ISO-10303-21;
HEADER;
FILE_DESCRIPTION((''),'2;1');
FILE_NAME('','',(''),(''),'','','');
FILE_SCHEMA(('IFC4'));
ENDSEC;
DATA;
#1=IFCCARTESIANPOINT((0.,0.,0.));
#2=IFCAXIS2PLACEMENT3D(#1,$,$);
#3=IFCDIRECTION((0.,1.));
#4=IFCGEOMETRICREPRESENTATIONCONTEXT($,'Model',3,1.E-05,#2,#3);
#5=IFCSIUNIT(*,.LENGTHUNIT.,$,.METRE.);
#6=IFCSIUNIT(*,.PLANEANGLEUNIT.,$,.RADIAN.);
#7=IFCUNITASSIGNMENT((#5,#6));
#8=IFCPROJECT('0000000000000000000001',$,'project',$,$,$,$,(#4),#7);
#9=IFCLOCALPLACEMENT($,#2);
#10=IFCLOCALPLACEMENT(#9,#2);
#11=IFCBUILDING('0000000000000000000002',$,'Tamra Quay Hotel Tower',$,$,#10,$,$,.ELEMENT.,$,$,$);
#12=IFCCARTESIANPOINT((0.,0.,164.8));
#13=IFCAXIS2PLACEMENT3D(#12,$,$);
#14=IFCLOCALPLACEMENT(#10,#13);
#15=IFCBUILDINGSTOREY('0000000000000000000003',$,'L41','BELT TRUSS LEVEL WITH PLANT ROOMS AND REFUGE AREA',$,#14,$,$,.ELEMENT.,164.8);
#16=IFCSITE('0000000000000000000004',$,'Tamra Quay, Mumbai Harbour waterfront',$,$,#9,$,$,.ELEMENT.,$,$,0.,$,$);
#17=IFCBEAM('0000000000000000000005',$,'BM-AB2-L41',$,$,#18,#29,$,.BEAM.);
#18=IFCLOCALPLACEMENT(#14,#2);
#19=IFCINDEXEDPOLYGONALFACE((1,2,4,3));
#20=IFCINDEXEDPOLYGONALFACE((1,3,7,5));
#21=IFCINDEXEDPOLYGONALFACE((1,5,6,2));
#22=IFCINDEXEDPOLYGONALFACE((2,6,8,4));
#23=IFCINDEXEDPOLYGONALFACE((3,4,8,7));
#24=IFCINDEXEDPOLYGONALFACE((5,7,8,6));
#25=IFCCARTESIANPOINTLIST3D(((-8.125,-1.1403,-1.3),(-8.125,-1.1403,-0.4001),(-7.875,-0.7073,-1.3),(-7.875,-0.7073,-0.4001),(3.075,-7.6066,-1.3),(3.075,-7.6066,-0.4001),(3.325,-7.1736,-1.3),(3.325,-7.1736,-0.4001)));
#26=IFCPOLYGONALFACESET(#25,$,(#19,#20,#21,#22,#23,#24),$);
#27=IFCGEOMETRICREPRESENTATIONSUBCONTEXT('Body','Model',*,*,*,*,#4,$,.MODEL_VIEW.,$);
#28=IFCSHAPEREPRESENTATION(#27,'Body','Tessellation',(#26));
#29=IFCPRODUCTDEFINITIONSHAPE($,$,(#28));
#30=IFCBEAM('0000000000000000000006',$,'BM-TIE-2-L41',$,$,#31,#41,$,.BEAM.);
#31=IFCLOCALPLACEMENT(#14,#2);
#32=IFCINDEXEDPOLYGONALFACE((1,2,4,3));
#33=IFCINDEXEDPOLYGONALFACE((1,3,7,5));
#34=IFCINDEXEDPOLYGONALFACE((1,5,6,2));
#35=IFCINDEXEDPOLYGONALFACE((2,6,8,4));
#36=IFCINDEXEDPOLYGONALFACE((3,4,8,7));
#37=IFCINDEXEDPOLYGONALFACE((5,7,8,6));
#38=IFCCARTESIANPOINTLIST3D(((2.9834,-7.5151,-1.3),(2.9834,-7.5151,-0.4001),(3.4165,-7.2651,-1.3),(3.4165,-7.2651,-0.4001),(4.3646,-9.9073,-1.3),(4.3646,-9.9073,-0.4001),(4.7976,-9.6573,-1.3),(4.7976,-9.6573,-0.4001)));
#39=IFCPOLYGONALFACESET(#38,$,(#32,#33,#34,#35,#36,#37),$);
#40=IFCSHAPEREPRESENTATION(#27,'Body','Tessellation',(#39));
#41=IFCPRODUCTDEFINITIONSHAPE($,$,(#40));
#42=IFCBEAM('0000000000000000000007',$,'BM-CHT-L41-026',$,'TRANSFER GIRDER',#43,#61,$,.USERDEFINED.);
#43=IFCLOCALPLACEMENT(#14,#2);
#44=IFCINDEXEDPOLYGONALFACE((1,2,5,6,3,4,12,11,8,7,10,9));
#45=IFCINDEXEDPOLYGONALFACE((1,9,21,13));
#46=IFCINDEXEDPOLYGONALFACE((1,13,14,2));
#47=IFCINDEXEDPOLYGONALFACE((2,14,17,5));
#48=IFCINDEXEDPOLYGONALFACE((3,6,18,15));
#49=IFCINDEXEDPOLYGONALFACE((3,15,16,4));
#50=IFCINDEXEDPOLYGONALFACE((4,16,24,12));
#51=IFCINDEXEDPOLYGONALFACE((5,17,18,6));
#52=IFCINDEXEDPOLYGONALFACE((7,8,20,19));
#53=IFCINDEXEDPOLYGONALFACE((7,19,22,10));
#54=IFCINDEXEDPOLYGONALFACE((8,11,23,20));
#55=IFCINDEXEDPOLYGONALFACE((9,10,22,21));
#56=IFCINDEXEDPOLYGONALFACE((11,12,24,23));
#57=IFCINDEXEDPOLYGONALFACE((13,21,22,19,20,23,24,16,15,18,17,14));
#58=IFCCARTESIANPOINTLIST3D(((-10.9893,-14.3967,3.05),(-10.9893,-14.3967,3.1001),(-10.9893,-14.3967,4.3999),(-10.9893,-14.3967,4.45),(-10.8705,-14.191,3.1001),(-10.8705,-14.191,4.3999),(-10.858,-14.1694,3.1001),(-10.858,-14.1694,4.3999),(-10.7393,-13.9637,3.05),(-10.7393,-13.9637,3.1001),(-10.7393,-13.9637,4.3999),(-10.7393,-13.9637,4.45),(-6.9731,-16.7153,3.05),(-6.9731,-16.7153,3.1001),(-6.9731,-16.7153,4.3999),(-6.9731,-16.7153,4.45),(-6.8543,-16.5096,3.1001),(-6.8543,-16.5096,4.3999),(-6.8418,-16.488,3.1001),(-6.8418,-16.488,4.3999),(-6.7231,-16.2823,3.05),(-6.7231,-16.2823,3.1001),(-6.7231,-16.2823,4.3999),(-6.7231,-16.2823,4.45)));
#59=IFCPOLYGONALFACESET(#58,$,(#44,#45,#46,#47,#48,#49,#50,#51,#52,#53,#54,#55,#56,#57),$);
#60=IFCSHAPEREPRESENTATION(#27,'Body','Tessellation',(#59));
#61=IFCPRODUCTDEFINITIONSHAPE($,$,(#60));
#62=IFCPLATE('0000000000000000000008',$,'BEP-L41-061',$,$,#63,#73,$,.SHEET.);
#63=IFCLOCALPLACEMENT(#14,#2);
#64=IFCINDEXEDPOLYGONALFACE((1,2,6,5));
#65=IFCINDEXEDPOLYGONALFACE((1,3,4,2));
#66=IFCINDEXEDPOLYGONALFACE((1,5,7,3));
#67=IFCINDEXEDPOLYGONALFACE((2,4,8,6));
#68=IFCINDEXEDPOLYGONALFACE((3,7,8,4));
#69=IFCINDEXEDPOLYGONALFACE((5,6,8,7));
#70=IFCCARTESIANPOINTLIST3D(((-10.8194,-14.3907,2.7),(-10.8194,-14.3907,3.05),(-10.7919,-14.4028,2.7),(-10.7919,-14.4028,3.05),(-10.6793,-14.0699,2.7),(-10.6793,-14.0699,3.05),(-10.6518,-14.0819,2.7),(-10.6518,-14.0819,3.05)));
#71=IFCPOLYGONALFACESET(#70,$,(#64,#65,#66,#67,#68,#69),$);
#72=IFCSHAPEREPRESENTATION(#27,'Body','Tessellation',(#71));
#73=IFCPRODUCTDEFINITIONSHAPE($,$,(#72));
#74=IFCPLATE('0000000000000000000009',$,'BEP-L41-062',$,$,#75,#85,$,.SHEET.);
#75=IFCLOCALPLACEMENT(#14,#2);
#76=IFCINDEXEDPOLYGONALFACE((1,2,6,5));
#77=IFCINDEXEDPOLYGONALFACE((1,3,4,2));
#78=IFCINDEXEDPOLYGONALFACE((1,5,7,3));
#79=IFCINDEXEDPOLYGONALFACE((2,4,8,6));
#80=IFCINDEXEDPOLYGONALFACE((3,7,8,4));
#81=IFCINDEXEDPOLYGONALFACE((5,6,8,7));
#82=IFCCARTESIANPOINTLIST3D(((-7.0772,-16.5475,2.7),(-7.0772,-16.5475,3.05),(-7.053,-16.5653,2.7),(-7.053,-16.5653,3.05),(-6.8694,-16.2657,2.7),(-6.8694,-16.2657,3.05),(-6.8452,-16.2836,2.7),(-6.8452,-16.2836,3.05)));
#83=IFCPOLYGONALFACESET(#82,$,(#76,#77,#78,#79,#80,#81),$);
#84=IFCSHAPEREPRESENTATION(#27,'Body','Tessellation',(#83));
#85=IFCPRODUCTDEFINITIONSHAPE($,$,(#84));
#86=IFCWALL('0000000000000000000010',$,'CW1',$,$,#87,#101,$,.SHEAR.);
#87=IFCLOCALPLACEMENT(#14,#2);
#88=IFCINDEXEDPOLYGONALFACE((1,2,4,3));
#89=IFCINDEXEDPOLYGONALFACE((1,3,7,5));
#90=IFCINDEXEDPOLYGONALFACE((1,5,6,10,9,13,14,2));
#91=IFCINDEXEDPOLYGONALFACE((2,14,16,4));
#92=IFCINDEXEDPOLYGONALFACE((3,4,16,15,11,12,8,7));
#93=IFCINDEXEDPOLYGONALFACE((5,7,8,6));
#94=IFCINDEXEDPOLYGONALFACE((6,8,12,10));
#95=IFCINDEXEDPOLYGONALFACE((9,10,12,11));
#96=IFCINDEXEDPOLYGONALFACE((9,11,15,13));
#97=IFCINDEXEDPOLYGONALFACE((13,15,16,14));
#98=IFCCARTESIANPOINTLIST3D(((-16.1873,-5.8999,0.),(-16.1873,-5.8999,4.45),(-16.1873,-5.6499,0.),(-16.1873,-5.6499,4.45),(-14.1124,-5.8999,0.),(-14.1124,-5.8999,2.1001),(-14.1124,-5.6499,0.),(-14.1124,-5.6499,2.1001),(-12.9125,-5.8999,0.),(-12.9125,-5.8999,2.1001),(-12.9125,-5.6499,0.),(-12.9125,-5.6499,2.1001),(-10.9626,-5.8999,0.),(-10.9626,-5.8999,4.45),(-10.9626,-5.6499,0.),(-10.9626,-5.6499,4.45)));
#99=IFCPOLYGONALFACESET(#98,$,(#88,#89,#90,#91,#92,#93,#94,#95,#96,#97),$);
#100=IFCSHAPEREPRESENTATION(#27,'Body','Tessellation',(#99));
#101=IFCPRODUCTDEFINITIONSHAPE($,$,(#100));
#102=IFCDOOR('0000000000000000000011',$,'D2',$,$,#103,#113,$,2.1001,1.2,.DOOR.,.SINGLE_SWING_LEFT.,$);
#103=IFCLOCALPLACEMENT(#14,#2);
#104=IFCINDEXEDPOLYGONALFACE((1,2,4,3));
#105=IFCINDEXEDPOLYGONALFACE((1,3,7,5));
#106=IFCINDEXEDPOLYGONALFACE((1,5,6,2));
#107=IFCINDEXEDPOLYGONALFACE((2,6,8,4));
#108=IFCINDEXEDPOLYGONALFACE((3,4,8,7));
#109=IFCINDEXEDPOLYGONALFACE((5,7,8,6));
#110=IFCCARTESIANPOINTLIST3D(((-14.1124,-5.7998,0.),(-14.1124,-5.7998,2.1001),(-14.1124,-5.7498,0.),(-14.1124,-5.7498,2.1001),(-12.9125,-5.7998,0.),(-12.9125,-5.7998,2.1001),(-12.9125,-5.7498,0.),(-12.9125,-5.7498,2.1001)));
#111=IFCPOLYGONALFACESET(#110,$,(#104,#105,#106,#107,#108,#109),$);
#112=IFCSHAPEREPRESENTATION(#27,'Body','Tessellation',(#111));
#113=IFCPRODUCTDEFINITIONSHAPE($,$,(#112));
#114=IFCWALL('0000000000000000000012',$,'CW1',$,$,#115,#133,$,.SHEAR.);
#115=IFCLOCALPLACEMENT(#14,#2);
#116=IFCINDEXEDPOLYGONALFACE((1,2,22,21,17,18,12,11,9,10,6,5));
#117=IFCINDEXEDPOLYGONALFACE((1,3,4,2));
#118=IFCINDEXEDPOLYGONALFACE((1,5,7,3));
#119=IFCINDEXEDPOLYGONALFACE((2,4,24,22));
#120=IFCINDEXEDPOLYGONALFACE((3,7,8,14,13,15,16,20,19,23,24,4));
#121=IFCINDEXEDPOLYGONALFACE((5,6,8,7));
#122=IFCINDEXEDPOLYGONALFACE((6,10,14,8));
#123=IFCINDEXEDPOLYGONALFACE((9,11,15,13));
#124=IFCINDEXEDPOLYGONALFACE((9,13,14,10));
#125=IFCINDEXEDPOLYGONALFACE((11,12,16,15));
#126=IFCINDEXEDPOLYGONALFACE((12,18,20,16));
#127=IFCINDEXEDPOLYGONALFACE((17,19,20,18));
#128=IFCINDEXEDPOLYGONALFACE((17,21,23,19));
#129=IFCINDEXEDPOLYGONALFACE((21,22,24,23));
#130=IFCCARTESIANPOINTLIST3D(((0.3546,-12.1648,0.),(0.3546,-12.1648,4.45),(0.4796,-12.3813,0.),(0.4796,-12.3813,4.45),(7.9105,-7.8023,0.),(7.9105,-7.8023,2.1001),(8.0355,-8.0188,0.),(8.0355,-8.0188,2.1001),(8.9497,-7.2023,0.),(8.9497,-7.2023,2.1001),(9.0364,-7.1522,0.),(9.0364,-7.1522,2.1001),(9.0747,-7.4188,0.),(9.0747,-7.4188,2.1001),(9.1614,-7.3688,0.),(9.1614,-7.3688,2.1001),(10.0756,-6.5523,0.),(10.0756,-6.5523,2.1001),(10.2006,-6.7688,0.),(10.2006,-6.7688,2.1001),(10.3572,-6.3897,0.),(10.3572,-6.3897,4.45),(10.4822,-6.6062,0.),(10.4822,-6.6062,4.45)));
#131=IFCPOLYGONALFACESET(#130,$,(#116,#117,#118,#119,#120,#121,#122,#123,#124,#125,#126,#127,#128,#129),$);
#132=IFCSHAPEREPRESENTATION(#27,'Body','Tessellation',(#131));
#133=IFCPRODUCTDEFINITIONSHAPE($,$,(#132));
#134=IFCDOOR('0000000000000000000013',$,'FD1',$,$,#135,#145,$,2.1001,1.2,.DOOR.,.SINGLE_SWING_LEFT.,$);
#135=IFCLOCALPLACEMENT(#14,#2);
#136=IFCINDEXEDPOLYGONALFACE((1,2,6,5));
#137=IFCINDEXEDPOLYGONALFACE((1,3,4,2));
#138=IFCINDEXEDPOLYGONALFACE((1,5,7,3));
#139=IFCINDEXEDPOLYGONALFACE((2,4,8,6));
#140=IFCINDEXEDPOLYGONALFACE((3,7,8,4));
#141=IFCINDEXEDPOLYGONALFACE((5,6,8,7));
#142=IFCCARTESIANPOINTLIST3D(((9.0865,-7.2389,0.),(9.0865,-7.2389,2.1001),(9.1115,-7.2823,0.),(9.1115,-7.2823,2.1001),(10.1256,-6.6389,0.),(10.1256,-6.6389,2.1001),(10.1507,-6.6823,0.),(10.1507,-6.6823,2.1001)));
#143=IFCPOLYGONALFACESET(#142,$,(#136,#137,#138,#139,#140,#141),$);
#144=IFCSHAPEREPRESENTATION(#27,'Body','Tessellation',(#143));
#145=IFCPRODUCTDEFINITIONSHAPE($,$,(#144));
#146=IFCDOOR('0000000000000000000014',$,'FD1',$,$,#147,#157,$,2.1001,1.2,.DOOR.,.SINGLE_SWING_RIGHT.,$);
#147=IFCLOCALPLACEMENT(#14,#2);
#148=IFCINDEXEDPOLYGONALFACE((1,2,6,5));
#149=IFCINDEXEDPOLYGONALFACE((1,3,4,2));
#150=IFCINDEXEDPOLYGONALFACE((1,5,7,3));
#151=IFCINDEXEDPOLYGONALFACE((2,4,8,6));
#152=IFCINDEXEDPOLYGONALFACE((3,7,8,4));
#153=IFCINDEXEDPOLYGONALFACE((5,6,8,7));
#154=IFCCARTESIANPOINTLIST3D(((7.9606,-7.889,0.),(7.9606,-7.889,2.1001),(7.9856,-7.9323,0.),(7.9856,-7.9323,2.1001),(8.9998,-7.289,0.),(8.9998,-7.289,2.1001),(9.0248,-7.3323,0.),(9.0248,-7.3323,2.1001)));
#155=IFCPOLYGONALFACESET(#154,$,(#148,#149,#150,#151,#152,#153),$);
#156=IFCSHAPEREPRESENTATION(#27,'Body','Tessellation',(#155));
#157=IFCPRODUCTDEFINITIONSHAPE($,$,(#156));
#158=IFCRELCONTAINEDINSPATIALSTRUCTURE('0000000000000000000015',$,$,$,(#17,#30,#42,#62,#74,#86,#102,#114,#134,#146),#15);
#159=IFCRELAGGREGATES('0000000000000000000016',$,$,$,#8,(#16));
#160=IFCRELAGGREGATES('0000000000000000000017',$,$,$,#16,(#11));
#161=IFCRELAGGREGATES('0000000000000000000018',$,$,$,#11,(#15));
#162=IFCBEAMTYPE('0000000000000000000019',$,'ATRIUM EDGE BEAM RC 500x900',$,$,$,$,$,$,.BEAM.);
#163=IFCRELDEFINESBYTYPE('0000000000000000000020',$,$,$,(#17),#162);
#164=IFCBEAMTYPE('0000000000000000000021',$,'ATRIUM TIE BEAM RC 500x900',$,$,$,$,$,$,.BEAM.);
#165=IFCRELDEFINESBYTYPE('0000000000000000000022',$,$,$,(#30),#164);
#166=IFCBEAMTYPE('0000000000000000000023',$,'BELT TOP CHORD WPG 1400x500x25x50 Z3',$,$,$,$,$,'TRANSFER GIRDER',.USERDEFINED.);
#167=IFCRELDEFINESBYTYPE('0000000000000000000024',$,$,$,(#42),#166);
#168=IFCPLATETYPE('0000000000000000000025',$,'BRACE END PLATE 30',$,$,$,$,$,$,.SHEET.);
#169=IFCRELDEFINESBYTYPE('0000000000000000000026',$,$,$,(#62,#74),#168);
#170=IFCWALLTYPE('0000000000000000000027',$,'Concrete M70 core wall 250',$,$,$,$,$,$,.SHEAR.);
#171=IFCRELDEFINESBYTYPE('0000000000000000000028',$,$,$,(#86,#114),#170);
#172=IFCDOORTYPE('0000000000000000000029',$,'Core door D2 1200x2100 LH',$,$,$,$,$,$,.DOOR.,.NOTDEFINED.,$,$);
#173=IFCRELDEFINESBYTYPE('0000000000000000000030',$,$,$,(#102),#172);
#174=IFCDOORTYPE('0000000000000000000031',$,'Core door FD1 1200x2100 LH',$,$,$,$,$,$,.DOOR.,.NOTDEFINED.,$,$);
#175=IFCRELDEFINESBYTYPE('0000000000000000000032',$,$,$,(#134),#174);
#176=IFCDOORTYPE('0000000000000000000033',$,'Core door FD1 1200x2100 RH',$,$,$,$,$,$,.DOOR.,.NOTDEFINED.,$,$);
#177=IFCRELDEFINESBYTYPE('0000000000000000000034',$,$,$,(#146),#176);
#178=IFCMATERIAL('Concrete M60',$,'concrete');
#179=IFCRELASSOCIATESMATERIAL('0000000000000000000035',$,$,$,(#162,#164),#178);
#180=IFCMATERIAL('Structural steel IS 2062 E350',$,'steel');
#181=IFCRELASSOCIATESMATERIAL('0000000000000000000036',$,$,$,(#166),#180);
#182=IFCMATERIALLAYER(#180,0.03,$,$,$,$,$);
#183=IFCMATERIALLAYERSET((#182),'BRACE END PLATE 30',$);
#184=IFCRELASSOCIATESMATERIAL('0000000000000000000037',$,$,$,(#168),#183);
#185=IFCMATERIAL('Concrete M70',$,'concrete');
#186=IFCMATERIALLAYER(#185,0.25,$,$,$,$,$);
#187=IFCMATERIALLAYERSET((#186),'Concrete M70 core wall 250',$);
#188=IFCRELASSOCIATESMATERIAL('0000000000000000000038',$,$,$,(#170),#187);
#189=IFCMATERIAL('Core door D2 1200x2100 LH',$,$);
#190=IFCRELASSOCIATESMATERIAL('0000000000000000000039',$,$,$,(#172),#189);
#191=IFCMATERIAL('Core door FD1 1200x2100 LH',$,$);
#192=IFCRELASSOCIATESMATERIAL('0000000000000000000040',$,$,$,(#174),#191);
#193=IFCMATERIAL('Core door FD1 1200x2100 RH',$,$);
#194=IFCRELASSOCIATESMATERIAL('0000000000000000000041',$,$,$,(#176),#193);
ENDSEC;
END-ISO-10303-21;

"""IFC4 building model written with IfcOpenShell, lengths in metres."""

from ifc_helpers import new_model, si_unit, direction, frame, frame_2d, origin, origin_2d, place, context, subcontext, project, spatial, rectangle, i_section, extrude, material, layer, layer_set, material_profile, profile_set, type_object, element, fill, save


model = new_model("IFC4")

# Units and contexts
model_context = context("Model", 3, precision=1e-05, world=origin(), true_north=direction((0.0, 1.0)))
body_context = subcontext(model_context, "Body", "Model", "MODEL_VIEW")
ifc_project = project(units=[si_unit("LENGTHUNIT", "METRE"), si_unit("PLANEANGLEUNIT", "RADIAN")], contexts=[model_context])

# Site, building, storey
site_placement = place(None, origin())
site = spatial("IfcSite", under=ifc_project, at=site_placement, Name="Tamra Quay, Mumbai Harbour waterfront", CompositionType="ELEMENT", RefElevation=0.0)
building_placement = place(site_placement, origin())
building = spatial("IfcBuilding", under=site, at=building_placement, Name="Tamra Quay Hotel Tower", CompositionType="ELEMENT")
storey_placement = place(building_placement, frame((0.0, 0.0, 164.8)))
storey = spatial("IfcBuildingStorey", under=building, at=storey_placement, Name="L41", Description="BELT TRUSS LEVEL WITH PLANT ROOMS AND REFUGE AREA", CompositionType="ELEMENT", Elevation=164.8)

# Beams
ifc_material_1 = material(Name="Concrete M60", Category="concrete")
ifc_material_profile_1 = material_profile(ifc_material_1, rectangle(XDim=0.5, YDim=0.8999, at=origin_2d()), Name="ATRIUM EDGE BEAM RC 500x900")
ifc_profile_set_1 = profile_set([ifc_material_profile_1], Name="Concrete M60")
beam_type_1 = type_object("IfcBeamType", Name="ATRIUM EDGE BEAM RC 500x900", PredefinedType="BEAM", material=ifc_profile_set_1)
beam_1_placement = place(storey_placement, frame((3.2, -7.3901, -0.8501), z_axis=(-0.866025, 0.500001, 0.0), x_axis=(-0.500001, -0.866025, 0.0)))
element("IfcBeam", 1, at=beam_1_placement, inside=storey, type_object=beam_type_1, Name="BM-AB2-L41", PredefinedType="BEAM", context=body_context, shape_type="SweptSolid", body=[
    extrude(rectangle(XDim=0.5, YDim=0.8999, at=origin_2d()), origin(), (0.0, 0.0, 1.0), 12.9326),
])
ifc_material_profile_2 = material_profile(ifc_material_1, rectangle(XDim=0.5, YDim=0.8999, at=origin_2d()), Name="ATRIUM TIE BEAM RC 500x900")
ifc_profile_set_2 = profile_set([ifc_material_profile_2], Name="Concrete M60")
beam_type_2 = type_object("IfcBeamType", Name="ATRIUM TIE BEAM RC 500x900", PredefinedType="BEAM", material=ifc_profile_set_2)
beam_2_placement = place(storey_placement, frame((3.2, -7.3901, -0.8501), z_axis=(0.500008, -0.866021, 0.0), x_axis=(0.866021, 0.500008, 0.0)))
element("IfcBeam", 2, at=beam_2_placement, inside=storey, type_object=beam_type_2, Name="BM-TIE-2-L41", PredefinedType="BEAM", context=body_context, shape_type="SweptSolid", body=[
    extrude(rectangle(XDim=0.5, YDim=0.8999, at=origin_2d()), origin(), (0.0, 0.0, 1.0), 2.7622),
])
ifc_material_2 = material(Name="Structural steel IS 2062 E350", Category="steel")
ifc_material_profile_3 = material_profile(ifc_material_2, i_section(OverallWidth=0.5, OverallDepth=1.3999, WebThickness=0.0249, FlangeThickness=0.05, at=origin_2d()), Name="WPG 1400x500x25x50")
ifc_profile_set_3 = profile_set([ifc_material_profile_3], Name="Structural steel IS 2062 E350")
beam_type_3 = type_object("IfcBeamType", Name="BELT TOP CHORD WPG 1400x500x25x50 Z3", ElementType="TRANSFER GIRDER", PredefinedType="USERDEFINED", material=ifc_profile_set_3)
beam_3_placement = place(storey_placement, frame((-10.8643, -14.1802, 3.75), z_axis=(0.866035, -0.499984, 0.0), x_axis=(0.499984, 0.866035, 0.0)))
element("IfcBeam", 3, at=beam_3_placement, inside=storey, type_object=beam_type_3, Name="BM-CHT-L41-026", ObjectType="TRANSFER GIRDER", PredefinedType="USERDEFINED", context=body_context, shape_type="SweptSolid", body=[
    extrude(i_section(OverallWidth=0.5, OverallDepth=1.3999, WebThickness=0.0249, FlangeThickness=0.05, at=origin_2d()), origin(), (0.0, 0.0, 1.0), 4.6375),
])

# Plates
ifc_layer_1 = layer(ifc_material_2, 0.03)
ifc_layer_set_1 = layer_set([ifc_layer_1], Name="BRACE END PLATE 30")
plate_type = type_object("IfcPlateType", Name="BRACE END PLATE 30", PredefinedType="SHEET", material=ifc_layer_set_1)
for number, where, z_axis, x_axis, name in (
    (4, (-10.7356, -14.2363, 2.7), (0.0, 0.0, 1.0), (-0.91646, 0.400127, 0.0), "BEP-L41-061"),
    (5, (-6.9612, -16.4155, 2.7), (0.0, 0.0, 1.0), (-0.80475, 0.593614, 0.0), "BEP-L41-062"),
):
    element("IfcPlate", number, at=place(storey_placement, frame(where, z_axis=z_axis, x_axis=x_axis)), inside=storey, type_object=plate_type, Name=name, PredefinedType="SHEET", context=body_context, shape_type="SweptSolid", body=[
        extrude(rectangle(XDim=0.03, YDim=0.3501, at=origin_2d()), origin(), (0.0, 0.0, 1.0), 0.3501),
    ])

# Wall, opening, door
ifc_material_3 = material(Name="Concrete M70", Category="concrete")
ifc_layer_2 = layer(ifc_material_3, 0.25)
ifc_layer_set_2 = layer_set([ifc_layer_2], Name="Concrete M70 core wall 250")
wall_type_1 = type_object("IfcWallType", Name="Concrete M70 core wall 250", PredefinedType="SHEAR", material=ifc_layer_set_2)
wall_1_placement = place(storey_placement, frame((-10.9626, -5.7749, 0.0), z_axis=(0.0, 0.0, 1.0), x_axis=(-1.0, 0.0, 0.0)))
wall_1 = element("IfcWall", 6, at=wall_1_placement, inside=storey, type_object=wall_type_1, Name="CW1", PredefinedType="SHEAR", context=body_context, shape_type="SweptSolid", body=[
    extrude(rectangle(XDim=5.2246, YDim=0.25, at=frame_2d((2.6123, 0.0))), origin(), (0.0, 0.0, 1.0), 4.45),
])
opening_1_placement = place(wall_1_placement, frame((1.9497, 0.0, 0.0)))
opening_1 = element("IfcOpeningElement", 7, at=opening_1_placement, cuts=wall_1, PredefinedType="OPENING", context=body_context, shape_type="SweptSolid", body=[
    extrude(rectangle(XDim=1.2, YDim=2.1001, at=frame_2d((0.6001, 1.05))), frame((0.0, 0.135, 0.0), z_axis=(0.0, -1.0, 0.0), x_axis=(1.0, 0.0, 0.0)), (0.0, 0.0, 1.0), 0.27),
])
ifc_material_4 = material(Name="Core door D2 1200x2100 LH")
door_type_1 = type_object("IfcDoorType", Name="Core door D2 1200x2100 LH", OperationType="NOTDEFINED", PredefinedType="DOOR", material=ifc_material_4)
door_1_placement = place(opening_1_placement, origin())
door_1 = element("IfcDoor", 8, at=door_1_placement, inside=storey, type_object=door_type_1, Name="D2", OperationType="SINGLE_SWING_LEFT", OverallHeight=2.1001, OverallWidth=1.2, PredefinedType="DOOR", context=body_context, shape_type="SweptSolid", body=[
    extrude(rectangle(XDim=1.2, YDim=2.1001, at=frame_2d((0.6001, 1.05))), frame((0.0, 0.0249, 0.0), z_axis=(0.0, -1.0, 0.0), x_axis=(1.0, 0.0, 0.0)), (0.0, 0.0, 1.0), 0.05),
])
fill(opening_1, door_1)

# Wall, openings, doors
wall_2_placement = place(storey_placement, frame((0.4172, -12.2729, 0.0), z_axis=(0.0, 0.0, 1.0), x_axis=(0.866022, 0.500006, 0.0)))
wall_2 = element("IfcWall", 9, at=wall_2_placement, inside=storey, type_object=wall_type_1, Name="CW1", PredefinedType="SHEAR", context=body_context, shape_type="SweptSolid", body=[
    extrude(rectangle(XDim=11.55, YDim=0.25, at=frame_2d((5.7749, 0.0))), origin(), (0.0, 0.0, 1.0), 4.45),
])
opening_2_placement = place(wall_2_placement, frame((10.0247, 0.0, 0.0)))
opening_2 = element("IfcOpeningElement", 10, at=opening_2_placement, cuts=wall_2, PredefinedType="OPENING", context=body_context, shape_type="SweptSolid", body=[
    extrude(rectangle(XDim=1.2, YDim=2.1001, at=frame_2d((0.6001, 1.05))), frame((0.0, 0.135, 0.0), z_axis=(0.0, -1.0, 0.0), x_axis=(1.0, 0.0, 0.0)), (0.0, 0.0, 1.0), 0.27),
])
opening_3_placement = place(wall_2_placement, frame((8.7246, 0.0, 0.0)))
opening_3 = element("IfcOpeningElement", 11, at=opening_3_placement, cuts=wall_2, PredefinedType="OPENING", context=body_context, shape_type="SweptSolid", body=[
    extrude(rectangle(XDim=1.2, YDim=2.1001, at=frame_2d((0.6001, 1.05))), frame((0.0, 0.135, 0.0), z_axis=(0.0, -1.0, 0.0), x_axis=(1.0, 0.0, 0.0)), (0.0, 0.0, 1.0), 0.27),
])
ifc_material_5 = material(Name="Core door FD1 1200x2100 LH")
door_type_2 = type_object("IfcDoorType", Name="Core door FD1 1200x2100 LH", OperationType="NOTDEFINED", PredefinedType="DOOR", material=ifc_material_5)
door_2_placement = place(opening_2_placement, origin())
door_2 = element("IfcDoor", 12, at=door_2_placement, inside=storey, type_object=door_type_2, Name="FD1", OperationType="SINGLE_SWING_LEFT", OverallHeight=2.1001, OverallWidth=1.2, PredefinedType="DOOR", context=body_context, shape_type="SweptSolid", body=[
    extrude(rectangle(XDim=1.2, YDim=2.1001, at=frame_2d((0.6001, 1.05))), frame((0.0, 0.0249, 0.0), z_axis=(0.0, -1.0, 0.0), x_axis=(1.0, 0.0, 0.0)), (0.0, 0.0, 1.0), 0.05),
])
fill(opening_2, door_2)
ifc_material_6 = material(Name="Core door FD1 1200x2100 RH")
door_type_3 = type_object("IfcDoorType", Name="Core door FD1 1200x2100 RH", OperationType="NOTDEFINED", PredefinedType="DOOR", material=ifc_material_6)
door_3_placement = place(opening_3_placement, origin())
door_3 = element("IfcDoor", 13, at=door_3_placement, inside=storey, type_object=door_type_3, Name="FD1", OperationType="SINGLE_SWING_RIGHT", OverallHeight=2.1001, OverallWidth=1.2, PredefinedType="DOOR", context=body_context, shape_type="SweptSolid", body=[
    extrude(rectangle(XDim=1.2, YDim=2.1001, at=frame_2d((0.6001, 1.05))), frame((0.0, 0.0249, 0.0), z_axis=(0.0, -1.0, 0.0), x_axis=(1.0, 0.0, 0.0)), (0.0, 0.0, 1.0), 0.05),
])
fill(opening_3, door_3)

save(model, "model.ifc")
